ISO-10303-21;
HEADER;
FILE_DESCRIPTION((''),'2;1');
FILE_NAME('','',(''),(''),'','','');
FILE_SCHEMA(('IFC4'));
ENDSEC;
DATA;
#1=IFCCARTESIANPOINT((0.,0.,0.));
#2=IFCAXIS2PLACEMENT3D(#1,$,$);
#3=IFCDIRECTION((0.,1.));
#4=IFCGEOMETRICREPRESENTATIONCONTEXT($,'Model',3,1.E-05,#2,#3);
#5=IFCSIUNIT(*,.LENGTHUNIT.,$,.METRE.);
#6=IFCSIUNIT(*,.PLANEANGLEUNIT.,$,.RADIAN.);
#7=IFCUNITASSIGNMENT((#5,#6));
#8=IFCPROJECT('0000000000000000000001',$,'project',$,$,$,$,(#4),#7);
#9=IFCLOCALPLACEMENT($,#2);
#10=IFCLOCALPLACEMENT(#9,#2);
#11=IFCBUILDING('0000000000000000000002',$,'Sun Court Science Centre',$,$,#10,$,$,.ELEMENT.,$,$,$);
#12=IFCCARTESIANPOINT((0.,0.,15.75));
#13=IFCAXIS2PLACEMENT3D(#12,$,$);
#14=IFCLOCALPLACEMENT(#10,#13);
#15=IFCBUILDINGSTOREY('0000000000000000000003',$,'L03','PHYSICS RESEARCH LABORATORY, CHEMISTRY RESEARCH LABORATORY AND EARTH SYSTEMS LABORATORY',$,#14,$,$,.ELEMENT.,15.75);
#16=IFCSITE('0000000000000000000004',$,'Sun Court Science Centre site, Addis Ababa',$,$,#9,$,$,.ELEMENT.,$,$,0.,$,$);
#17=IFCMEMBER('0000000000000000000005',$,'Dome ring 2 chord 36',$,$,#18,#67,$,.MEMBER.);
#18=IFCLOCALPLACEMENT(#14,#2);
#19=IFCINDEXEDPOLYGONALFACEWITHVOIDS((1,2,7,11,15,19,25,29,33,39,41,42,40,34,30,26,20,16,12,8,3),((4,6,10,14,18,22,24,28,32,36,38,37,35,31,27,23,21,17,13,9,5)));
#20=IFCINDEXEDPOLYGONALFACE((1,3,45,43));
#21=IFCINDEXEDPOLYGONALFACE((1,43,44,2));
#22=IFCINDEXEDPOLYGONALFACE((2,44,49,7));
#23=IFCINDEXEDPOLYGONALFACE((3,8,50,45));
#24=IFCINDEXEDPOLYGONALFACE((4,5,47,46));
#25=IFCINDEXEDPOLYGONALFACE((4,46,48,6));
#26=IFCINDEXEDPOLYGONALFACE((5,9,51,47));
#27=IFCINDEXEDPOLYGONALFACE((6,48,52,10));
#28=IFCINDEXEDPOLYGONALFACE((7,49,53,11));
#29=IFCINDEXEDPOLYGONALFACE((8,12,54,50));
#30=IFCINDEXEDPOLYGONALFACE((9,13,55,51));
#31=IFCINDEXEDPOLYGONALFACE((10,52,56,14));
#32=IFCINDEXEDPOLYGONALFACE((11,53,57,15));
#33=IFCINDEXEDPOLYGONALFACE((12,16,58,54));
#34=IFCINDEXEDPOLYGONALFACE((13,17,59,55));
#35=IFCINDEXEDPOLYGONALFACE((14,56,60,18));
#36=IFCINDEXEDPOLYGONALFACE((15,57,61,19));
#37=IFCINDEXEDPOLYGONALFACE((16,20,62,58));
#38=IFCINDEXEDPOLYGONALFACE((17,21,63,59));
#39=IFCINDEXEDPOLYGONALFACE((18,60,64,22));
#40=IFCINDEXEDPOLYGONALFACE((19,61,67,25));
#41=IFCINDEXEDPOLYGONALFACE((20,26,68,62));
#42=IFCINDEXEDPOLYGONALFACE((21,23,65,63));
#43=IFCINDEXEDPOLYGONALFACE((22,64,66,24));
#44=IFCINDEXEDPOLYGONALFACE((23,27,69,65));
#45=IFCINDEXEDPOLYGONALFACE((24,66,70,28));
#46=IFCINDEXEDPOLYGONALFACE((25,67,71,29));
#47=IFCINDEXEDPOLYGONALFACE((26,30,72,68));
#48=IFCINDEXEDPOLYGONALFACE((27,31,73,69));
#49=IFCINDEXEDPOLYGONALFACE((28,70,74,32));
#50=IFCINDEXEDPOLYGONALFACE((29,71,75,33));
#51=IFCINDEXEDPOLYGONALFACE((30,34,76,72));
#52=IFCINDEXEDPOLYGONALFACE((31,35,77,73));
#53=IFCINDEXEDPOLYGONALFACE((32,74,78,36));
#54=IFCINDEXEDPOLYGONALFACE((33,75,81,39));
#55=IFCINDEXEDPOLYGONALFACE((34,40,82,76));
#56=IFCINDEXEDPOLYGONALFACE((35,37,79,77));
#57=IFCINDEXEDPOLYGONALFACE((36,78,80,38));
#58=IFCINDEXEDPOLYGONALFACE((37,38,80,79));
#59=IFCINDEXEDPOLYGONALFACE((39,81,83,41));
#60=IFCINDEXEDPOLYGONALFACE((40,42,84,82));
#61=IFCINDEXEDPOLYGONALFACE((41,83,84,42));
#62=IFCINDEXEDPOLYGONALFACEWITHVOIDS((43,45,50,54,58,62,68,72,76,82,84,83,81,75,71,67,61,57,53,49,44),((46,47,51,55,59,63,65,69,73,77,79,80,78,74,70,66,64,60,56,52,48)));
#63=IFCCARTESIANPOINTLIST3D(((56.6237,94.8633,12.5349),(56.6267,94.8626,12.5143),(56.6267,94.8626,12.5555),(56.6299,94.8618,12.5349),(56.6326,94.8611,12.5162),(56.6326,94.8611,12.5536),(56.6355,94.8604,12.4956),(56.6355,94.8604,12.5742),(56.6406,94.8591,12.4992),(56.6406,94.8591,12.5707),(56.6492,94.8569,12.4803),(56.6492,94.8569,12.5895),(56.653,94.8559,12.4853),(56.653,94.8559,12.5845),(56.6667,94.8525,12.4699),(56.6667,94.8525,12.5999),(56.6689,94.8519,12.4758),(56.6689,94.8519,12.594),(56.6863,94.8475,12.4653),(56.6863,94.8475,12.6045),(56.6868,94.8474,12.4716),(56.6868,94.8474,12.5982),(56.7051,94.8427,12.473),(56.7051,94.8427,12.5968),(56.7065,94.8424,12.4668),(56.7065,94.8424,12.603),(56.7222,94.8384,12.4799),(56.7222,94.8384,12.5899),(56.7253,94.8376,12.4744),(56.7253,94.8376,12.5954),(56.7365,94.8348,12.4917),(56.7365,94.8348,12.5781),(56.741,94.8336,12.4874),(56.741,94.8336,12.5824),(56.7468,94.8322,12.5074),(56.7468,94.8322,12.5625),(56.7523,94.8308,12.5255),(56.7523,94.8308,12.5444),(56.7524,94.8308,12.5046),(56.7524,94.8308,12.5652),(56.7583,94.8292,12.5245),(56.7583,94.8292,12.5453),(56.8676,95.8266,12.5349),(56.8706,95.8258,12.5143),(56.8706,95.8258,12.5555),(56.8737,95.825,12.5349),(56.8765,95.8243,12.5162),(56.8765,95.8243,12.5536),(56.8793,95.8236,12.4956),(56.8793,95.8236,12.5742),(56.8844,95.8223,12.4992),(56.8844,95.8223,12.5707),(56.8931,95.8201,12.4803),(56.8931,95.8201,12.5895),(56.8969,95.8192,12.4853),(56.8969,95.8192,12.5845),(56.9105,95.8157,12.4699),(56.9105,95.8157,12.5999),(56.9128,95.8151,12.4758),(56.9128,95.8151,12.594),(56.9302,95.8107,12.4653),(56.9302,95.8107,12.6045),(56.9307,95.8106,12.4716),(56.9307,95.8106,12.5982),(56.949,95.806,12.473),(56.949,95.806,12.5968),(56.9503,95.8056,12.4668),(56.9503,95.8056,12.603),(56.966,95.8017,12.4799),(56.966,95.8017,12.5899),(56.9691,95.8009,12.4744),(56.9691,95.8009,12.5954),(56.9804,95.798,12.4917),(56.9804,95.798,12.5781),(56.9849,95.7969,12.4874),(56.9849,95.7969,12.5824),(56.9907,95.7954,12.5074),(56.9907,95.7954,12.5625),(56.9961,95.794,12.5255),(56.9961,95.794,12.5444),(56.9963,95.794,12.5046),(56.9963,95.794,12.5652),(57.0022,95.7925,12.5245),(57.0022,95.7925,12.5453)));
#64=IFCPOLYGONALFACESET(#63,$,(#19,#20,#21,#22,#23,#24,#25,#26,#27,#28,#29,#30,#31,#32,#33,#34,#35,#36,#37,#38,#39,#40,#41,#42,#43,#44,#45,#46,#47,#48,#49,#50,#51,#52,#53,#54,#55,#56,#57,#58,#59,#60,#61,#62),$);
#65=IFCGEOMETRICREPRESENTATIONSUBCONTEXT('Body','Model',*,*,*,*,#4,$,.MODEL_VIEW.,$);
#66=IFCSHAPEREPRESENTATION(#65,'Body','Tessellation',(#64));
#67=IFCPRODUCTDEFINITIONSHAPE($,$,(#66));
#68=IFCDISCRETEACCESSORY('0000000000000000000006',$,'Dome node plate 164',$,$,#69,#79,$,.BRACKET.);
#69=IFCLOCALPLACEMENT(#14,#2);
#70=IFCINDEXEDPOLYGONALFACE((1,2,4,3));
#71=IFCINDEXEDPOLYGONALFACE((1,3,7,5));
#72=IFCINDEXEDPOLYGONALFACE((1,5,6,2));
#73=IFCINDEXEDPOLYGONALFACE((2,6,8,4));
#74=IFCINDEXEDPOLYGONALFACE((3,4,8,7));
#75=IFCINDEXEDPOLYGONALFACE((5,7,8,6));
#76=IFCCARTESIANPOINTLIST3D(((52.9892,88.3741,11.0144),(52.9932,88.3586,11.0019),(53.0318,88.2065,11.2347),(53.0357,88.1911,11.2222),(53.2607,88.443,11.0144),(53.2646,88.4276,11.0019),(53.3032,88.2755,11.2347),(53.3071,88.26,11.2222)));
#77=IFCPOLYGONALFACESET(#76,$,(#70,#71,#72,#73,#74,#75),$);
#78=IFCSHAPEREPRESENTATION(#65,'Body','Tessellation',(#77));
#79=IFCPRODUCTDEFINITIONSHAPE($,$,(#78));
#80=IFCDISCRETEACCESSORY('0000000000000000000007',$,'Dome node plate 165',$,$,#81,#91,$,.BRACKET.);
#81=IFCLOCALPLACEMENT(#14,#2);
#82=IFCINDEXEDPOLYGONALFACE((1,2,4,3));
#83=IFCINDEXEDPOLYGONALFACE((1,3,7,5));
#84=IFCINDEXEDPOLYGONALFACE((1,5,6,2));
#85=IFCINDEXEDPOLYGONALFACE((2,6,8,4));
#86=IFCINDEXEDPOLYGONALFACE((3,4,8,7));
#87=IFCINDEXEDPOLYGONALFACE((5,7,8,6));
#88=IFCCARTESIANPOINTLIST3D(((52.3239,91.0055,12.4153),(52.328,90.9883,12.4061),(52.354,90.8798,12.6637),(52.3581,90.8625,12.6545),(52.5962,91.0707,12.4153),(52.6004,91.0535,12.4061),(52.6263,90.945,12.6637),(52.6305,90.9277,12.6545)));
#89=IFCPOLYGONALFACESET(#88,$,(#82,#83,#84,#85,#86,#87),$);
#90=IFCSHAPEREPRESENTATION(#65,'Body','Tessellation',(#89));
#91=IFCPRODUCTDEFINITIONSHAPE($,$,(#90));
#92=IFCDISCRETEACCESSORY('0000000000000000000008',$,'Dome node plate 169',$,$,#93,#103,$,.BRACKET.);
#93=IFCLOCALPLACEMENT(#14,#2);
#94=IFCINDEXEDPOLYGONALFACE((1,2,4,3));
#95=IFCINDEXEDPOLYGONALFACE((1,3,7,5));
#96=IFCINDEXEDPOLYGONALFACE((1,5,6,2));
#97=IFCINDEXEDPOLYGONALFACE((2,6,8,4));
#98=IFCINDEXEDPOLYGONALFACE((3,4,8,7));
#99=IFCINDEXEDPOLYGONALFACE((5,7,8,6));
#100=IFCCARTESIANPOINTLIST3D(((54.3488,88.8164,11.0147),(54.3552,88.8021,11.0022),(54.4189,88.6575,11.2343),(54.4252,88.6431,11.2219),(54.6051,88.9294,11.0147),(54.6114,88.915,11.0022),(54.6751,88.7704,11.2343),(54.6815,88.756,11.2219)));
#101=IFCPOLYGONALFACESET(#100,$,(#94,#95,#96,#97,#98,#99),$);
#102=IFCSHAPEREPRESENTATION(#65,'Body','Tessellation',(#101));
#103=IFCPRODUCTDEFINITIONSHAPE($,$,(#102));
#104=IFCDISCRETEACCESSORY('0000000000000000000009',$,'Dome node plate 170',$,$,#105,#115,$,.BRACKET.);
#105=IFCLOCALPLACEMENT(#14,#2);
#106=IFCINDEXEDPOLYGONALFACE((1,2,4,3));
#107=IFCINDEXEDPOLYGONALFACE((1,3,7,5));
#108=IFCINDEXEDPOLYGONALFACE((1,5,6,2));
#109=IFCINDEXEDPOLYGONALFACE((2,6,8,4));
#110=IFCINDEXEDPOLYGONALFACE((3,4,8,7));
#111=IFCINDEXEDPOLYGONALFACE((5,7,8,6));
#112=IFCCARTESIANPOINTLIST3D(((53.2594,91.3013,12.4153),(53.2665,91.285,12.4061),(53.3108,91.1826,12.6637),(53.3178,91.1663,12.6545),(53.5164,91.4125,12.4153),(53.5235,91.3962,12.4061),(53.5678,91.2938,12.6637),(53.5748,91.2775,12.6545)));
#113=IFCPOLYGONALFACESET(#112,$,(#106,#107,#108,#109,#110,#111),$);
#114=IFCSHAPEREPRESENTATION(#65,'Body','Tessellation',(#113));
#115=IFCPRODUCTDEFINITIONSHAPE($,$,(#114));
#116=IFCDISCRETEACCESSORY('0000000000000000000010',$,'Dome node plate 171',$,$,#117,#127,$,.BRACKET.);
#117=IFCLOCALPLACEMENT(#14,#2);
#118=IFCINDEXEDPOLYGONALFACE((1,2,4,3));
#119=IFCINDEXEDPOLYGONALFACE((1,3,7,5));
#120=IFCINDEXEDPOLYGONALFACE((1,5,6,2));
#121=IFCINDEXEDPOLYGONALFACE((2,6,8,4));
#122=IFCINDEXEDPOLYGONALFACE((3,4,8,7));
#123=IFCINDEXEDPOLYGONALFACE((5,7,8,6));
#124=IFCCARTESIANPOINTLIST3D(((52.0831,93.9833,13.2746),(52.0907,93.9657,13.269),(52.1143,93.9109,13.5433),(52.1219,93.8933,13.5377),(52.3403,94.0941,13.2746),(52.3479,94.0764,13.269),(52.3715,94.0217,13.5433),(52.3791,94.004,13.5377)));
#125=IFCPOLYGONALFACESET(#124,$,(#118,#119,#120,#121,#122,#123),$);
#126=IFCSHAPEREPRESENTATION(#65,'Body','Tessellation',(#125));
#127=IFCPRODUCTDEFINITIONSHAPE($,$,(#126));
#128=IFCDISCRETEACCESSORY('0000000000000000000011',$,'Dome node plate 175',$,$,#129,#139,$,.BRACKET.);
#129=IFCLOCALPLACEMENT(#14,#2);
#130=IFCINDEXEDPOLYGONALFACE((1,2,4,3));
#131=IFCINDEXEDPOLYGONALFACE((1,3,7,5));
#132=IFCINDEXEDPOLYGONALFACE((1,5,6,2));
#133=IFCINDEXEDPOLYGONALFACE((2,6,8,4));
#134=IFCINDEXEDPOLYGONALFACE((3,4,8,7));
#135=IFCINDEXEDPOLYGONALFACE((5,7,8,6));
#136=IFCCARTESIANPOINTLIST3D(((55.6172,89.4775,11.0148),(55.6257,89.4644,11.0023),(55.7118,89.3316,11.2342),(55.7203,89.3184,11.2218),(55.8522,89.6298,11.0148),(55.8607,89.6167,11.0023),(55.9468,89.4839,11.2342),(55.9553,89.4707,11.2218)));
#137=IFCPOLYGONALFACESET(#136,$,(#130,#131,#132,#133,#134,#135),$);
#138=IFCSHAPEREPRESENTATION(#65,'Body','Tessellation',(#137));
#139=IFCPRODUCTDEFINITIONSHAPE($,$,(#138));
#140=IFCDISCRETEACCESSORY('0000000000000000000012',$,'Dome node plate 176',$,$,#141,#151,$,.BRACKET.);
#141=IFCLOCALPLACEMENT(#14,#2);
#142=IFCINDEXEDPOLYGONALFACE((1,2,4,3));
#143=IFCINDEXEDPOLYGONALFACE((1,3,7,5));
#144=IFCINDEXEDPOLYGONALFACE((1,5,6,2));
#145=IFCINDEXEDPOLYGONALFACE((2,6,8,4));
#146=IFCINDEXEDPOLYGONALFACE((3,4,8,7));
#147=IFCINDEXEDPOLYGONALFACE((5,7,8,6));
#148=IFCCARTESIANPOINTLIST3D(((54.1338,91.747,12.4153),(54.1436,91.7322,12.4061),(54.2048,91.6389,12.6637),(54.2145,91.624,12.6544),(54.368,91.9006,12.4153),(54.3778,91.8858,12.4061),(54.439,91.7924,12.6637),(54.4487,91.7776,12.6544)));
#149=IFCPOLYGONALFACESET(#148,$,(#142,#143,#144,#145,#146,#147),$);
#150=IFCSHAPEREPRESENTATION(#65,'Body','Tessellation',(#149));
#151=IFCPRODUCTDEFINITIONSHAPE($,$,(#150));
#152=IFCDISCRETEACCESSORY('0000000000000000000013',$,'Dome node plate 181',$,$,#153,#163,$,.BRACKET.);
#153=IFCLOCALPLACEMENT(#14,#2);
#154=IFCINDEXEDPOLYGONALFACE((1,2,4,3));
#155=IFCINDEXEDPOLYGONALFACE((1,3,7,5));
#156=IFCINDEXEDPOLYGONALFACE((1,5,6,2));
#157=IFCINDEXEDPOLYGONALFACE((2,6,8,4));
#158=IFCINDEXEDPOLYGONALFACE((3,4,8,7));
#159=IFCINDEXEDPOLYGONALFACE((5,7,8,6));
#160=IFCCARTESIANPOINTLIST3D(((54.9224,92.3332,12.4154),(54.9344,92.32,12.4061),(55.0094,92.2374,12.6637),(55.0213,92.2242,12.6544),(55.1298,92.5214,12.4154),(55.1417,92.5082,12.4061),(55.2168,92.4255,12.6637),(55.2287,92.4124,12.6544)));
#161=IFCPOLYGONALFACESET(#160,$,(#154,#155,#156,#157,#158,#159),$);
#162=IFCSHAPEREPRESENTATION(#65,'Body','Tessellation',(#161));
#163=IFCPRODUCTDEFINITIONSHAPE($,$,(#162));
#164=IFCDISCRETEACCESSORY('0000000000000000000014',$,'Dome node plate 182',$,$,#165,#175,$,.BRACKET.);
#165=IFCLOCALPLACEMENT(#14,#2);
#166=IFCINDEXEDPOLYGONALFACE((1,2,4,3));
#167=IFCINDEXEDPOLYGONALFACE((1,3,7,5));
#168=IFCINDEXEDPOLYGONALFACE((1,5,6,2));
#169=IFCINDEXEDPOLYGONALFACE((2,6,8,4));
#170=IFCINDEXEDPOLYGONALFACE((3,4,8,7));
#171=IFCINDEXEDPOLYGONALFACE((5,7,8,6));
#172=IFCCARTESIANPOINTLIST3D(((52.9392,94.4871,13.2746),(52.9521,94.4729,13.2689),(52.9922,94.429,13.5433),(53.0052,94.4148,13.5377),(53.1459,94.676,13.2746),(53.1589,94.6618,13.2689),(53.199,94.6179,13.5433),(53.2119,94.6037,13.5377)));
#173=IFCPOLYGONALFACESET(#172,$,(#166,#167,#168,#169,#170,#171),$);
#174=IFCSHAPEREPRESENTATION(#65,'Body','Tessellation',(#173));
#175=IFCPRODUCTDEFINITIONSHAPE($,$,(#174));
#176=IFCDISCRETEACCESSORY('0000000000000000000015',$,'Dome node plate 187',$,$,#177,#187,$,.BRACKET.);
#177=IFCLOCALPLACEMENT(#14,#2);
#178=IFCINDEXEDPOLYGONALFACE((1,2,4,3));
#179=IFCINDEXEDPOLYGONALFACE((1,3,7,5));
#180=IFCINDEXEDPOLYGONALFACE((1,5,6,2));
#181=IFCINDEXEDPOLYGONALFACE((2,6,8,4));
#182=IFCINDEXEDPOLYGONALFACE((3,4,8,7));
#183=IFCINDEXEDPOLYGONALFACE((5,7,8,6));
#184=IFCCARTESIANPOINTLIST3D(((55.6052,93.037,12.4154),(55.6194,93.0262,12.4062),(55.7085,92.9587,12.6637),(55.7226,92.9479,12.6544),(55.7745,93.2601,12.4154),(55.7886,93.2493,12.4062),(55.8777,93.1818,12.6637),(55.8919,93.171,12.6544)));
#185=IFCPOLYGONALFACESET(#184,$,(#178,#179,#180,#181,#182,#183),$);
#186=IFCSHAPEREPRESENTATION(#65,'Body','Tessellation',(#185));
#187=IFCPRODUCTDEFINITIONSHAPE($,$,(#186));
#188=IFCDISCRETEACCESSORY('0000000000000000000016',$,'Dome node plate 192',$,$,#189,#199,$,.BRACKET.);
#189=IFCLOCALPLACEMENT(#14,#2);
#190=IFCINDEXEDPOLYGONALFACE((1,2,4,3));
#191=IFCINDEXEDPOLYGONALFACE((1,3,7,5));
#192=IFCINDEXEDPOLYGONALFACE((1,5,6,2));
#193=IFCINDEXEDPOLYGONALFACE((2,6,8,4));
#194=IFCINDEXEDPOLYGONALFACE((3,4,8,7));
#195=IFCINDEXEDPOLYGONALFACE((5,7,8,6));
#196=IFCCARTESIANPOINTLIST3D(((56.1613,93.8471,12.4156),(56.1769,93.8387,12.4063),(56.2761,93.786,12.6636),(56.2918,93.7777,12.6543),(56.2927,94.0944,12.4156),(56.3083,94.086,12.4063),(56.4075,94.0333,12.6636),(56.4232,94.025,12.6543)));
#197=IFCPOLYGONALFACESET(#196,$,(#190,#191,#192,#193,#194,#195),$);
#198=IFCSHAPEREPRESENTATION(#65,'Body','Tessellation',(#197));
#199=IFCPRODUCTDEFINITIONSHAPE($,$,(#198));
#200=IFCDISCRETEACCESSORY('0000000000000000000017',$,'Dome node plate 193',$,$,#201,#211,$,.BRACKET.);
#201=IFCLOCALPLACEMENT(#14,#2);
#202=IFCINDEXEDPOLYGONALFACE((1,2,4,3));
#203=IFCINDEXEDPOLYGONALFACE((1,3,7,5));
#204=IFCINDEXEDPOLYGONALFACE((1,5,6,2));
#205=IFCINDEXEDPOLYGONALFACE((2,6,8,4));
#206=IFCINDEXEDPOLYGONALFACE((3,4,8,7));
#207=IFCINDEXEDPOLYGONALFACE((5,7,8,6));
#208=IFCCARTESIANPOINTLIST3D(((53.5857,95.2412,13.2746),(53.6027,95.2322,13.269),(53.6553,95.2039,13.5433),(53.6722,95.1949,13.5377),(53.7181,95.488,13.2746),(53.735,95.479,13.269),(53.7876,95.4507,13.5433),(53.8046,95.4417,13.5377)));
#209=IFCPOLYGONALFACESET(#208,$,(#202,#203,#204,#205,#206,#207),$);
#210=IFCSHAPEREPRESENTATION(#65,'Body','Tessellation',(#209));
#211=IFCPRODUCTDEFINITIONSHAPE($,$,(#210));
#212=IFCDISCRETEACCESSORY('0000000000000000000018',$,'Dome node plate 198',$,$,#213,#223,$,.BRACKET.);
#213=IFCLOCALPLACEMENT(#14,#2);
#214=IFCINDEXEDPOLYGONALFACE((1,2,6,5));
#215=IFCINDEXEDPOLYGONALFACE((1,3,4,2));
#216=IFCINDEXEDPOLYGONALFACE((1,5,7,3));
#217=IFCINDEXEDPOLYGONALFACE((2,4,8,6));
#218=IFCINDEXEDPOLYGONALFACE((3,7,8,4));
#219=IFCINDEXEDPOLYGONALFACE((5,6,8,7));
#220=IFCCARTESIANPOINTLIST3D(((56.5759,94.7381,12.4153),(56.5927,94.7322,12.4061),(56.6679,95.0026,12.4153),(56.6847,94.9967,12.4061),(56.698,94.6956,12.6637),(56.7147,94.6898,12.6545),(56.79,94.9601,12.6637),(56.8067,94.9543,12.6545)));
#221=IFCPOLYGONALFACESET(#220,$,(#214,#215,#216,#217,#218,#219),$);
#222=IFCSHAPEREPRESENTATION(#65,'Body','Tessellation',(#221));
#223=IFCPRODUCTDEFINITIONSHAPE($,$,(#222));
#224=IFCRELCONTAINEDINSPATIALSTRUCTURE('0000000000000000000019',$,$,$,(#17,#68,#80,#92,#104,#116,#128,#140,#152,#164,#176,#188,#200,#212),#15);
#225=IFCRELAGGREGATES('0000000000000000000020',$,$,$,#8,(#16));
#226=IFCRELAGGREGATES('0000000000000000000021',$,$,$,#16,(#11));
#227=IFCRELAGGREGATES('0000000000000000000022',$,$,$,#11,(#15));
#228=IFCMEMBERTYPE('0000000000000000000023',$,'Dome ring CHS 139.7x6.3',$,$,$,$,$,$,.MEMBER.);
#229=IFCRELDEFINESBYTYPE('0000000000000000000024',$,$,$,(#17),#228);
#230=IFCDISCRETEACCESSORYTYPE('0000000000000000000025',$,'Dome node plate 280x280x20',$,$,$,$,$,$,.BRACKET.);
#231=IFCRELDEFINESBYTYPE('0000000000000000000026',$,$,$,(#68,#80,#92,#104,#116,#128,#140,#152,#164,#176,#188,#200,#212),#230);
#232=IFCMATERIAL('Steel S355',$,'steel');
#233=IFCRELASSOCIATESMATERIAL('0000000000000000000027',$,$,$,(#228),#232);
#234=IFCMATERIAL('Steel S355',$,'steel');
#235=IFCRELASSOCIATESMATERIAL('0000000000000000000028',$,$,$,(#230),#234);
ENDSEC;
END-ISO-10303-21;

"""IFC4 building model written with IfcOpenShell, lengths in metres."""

from ifc_helpers import new_model, si_unit, direction, frame, origin, origin_2d, place, context, subcontext, project, spatial, rectangle, hollow_circle, extrude, material, material_profile, profile_set, type_object, element, save


model = new_model("IFC4")

# Units and contexts
model_context = context("Model", 3, precision=1e-05, world=origin(), true_north=direction((0.0, 1.0)))
body_context = subcontext(model_context, "Body", "Model", "MODEL_VIEW")
ifc_project = project(units=[si_unit("LENGTHUNIT", "METRE"), si_unit("PLANEANGLEUNIT", "RADIAN")], contexts=[model_context])

# Site, building, storey
site_placement = place(None, origin())
site = spatial("IfcSite", under=ifc_project, at=site_placement, Name="Sun Court Science Centre site, Addis Ababa", CompositionType="ELEMENT", RefElevation=0.0)
building_placement = place(site_placement, origin())
building = spatial("IfcBuilding", under=site, at=building_placement, Name="Sun Court Science Centre", CompositionType="ELEMENT")
storey_placement = place(building_placement, frame((0.0, 0.0, 15.75)))
storey = spatial("IfcBuildingStorey", under=building, at=storey_placement, Name="L03", Description="PHYSICS RESEARCH LABORATORY, CHEMISTRY RESEARCH LABORATORY AND EARTH SYSTEMS LABORATORY", CompositionType="ELEMENT", Elevation=15.75)

# Member
ifc_material_1 = material(Name="Steel S355", Category="steel")
ifc_material_profile_1 = material_profile(ifc_material_1, hollow_circle(Radius=0.0698, WallThickness=0.0063, at=origin_2d()), Name="CHS 139.7x6.3")
ifc_profile_set_1 = profile_set([ifc_material_profile_1], Name="Steel S355")
member_type_1 = type_object("IfcMemberType", Name="Dome ring CHS 139.7x6.3", PredefinedType="MEMBER", material=ifc_profile_set_1)
member_1_placement = place(storey_placement, frame((56.6914, 94.8462, 12.5349), z_axis=(0.245425, 0.969416, 0.0), x_axis=(-0.969416, 0.245425, 0.0)))
element("IfcMember", 1, at=member_1_placement, inside=storey, type_object=member_type_1, Name="Dome ring 2 chord 36", PredefinedType="MEMBER", context=body_context, shape_type="SweptSolid", body=[
    extrude(hollow_circle(Radius=0.0698, WallThickness=0.0063, at=origin_2d()), origin(), (0.0, 0.0, 1.0), 0.9937),
])

# Discrete accessories
ifc_material_2 = material(Name="Steel S355", Category="steel")
ifc_material_profile_2 = material_profile(ifc_material_2, rectangle(XDim=0.28, YDim=0.28, at=origin_2d()), Name="PL 280x280")
ifc_profile_set_2 = profile_set([ifc_material_profile_2], Name="Steel S355")
discrete_accessory_type = type_object("IfcDiscreteAccessoryType", Name="Dome node plate 280x280x20", PredefinedType="BRACKET", material=ifc_profile_set_2)
discrete_accessory_placement = place(storey_placement, frame((53.1501, 88.3093, 11.1121), z_axis=(-0.193659, 0.762531, 0.617287), x_axis=(-0.969231, -0.246154, 0.0)))
element("IfcDiscreteAccessory", 2, at=discrete_accessory_placement, inside=storey, type_object=discrete_accessory_type, Name="Dome node plate 164", PredefinedType="BRACKET", context=body_context, shape_type="SweptSolid", body=[
    extrude(rectangle(XDim=0.28, YDim=0.28, at=origin_2d()), origin(), (0.0, 0.0, 1.0), 0.0203),
])
for number, where, z_axis, x_axis, name in (
    (3, (52.4792, 90.958, 12.5303), (-0.206551, 0.862652, 0.461701), (-0.972511, -0.232855, 0.0), "Dome node plate 165"),
    (4, (54.5183, 88.7791, 11.1121), (-0.316275, 0.7177, 0.620385), (-0.915086, -0.403258, 0.0), "Dome node plate 169"),
    (5, (53.4207, 91.2812, 12.5303), (-0.352351, 0.814052, 0.461701), (-0.917722, -0.397223, 0.0), "Dome node plate 170"),
    (6, (52.2349, 93.9849, 13.4033), (-0.379462, 0.881332, 0.281537), (-0.918484, -0.395458, 0.0), "Dome node plate 171"),
    (7, (55.7905, 89.4675, 11.1121), (-0.426259, 0.657657, 0.62112), (-0.839153, -0.543895, 0.0), "Dome node plate 175"),
    (8, (54.2961, 91.7549, 12.5303), (-0.486324, 0.741645, 0.462008), (-0.836244, -0.548357, 0.0), "Dome node plate 176"),
    (9, (55.0815, 92.3662, 12.5303), (-0.595924, 0.656732, 0.462145), (-0.74056, -0.67199, 0.0), "Dome node plate 181"),
    (10, (53.082, 94.5383, 13.4033), (-0.647401, 0.708477, 0.280948), (-0.73821, -0.674571, 0.0), "Dome node plate 182"),
    (11, (55.7556, 93.0986, 12.5303), (-0.706267, 0.535789, 0.462727), (-0.604386, -0.796691, 0.0), "Dome node plate 187"),
    (12, (56.3, 93.9319, 12.5303), (-0.782118, 0.4155, 0.464383), (-0.469155, -0.883116, 0.0), "Dome node plate 192"),
    (13, (53.7036, 95.3369, 13.4033), (-0.84556, 0.453416, 0.281853), (-0.472576, -0.88129, 0.0), "Dome node plate 193"),
    (14, (56.6997, 94.8433, 12.5303), (-0.837919, 0.29145, 0.461463), (-0.328521, -0.944497, 0.0), "Dome node plate 198"),
):
    element("IfcDiscreteAccessory", number, at=place(storey_placement, frame(where, z_axis=z_axis, x_axis=x_axis)), inside=storey, type_object=discrete_accessory_type, Name=name, PredefinedType="BRACKET", context=body_context, shape_type="SweptSolid", body=[
        extrude(rectangle(XDim=0.28, YDim=0.28, at=origin_2d()), origin(), (0.0, 0.0, 1.0), 0.02),
    ])

save(model, "model.ifc")
